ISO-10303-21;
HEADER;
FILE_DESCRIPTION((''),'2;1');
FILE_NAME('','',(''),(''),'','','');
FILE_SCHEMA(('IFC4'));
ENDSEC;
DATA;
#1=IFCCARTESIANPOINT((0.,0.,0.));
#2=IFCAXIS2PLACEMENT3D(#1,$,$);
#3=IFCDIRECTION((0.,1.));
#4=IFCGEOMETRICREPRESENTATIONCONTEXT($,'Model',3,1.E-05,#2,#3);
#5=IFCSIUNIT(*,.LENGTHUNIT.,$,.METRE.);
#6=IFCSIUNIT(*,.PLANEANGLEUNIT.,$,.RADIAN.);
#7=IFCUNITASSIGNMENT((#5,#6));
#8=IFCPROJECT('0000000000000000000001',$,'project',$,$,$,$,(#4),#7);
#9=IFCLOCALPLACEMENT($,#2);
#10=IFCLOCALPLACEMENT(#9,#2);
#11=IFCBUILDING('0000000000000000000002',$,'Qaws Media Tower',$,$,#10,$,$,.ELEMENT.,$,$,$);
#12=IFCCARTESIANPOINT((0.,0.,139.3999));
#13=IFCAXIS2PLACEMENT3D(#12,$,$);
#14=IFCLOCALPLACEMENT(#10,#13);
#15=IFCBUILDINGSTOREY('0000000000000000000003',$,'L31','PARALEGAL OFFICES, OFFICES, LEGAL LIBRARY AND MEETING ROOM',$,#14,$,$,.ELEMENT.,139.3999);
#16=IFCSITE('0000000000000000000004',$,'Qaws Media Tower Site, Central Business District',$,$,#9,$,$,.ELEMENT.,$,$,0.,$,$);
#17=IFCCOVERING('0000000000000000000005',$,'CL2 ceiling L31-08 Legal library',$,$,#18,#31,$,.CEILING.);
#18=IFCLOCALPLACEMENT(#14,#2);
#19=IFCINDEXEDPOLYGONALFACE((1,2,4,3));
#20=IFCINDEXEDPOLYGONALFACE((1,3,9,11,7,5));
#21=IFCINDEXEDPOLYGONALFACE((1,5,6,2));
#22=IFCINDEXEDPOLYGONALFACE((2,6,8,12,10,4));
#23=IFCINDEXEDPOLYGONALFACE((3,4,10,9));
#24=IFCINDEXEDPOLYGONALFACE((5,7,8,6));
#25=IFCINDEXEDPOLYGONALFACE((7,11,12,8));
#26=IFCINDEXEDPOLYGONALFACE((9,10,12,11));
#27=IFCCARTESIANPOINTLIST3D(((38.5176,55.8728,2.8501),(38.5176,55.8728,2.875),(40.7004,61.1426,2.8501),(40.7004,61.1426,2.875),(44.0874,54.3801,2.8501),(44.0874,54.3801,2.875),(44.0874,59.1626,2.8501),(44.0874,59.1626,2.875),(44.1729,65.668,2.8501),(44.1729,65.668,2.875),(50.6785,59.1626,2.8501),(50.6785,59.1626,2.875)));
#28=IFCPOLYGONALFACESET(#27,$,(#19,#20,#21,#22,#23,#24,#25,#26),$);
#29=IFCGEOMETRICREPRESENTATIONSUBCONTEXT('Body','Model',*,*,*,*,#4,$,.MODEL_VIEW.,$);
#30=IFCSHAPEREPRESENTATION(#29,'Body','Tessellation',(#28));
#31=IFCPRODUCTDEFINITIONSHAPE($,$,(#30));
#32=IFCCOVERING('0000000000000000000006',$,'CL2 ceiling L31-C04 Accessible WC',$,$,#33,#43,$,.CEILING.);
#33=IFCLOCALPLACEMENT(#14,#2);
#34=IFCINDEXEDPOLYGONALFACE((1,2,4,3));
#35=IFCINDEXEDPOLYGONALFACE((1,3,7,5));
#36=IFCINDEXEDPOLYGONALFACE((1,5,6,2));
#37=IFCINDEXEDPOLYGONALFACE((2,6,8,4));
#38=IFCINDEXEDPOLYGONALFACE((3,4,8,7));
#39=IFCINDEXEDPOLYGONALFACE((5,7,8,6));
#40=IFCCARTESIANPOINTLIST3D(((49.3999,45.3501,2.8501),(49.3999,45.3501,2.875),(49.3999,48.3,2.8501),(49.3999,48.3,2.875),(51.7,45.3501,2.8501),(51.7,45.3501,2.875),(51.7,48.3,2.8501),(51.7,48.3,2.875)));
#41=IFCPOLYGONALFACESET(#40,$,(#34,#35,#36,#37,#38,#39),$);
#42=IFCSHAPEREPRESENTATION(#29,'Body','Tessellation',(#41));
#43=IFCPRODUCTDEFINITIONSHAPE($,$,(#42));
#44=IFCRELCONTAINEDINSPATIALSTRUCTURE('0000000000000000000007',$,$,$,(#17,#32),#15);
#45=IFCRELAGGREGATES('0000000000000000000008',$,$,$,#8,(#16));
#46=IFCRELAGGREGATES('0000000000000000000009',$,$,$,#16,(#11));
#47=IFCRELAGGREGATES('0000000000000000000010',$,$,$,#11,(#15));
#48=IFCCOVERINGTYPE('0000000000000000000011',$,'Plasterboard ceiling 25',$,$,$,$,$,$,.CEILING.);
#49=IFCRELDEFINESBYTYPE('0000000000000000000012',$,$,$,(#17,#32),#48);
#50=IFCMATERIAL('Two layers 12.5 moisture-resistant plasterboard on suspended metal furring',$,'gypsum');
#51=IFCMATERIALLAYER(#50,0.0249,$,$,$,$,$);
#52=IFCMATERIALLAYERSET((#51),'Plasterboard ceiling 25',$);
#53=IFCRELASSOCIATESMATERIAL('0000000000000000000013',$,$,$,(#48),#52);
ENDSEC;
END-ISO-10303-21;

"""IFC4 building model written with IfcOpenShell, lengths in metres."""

from ifc_helpers import new_model, si_unit, direction, frame, origin, place, context, subcontext, project, spatial, polyline, outline, extrude, material, layer, layer_set, type_object, element, save


model = new_model("IFC4")

# Units and contexts
model_context = context("Model", 3, precision=1e-05, world=origin(), true_north=direction((0.0, 1.0)))
body_context = subcontext(model_context, "Body", "Model", "MODEL_VIEW")
ifc_project = project(units=[si_unit("LENGTHUNIT", "METRE"), si_unit("PLANEANGLEUNIT", "RADIAN")], contexts=[model_context])

# Site, building, storey
site_placement = place(None, origin())
site = spatial("IfcSite", under=ifc_project, at=site_placement, Name="Qaws Media Tower Site, Central Business District", CompositionType="ELEMENT", RefElevation=0.0)
building_placement = place(site_placement, origin())
building = spatial("IfcBuilding", under=site, at=building_placement, Name="Qaws Media Tower", CompositionType="ELEMENT")
storey_placement = place(building_placement, frame((0.0, 0.0, 139.3999)))
storey = spatial("IfcBuildingStorey", under=building, at=storey_placement, Name="L31", Description="PARALEGAL OFFICES, OFFICES, LEGAL LIBRARY AND MEETING ROOM", CompositionType="ELEMENT", Elevation=139.3999)

# Coverings
ifc_material_1 = material(Name="Two layers 12.5 moisture-resistant plasterboard on suspended metal furring", Category="gypsum")
ifc_layer_1 = layer(ifc_material_1, 0.0249)
ifc_layer_set_1 = layer_set([ifc_layer_1], Name="Plasterboard ceiling 25")
covering_type_1 = type_object("IfcCoveringType", Name="Plasterboard ceiling 25", PredefinedType="CEILING", material=ifc_layer_set_1)
covering_1_placement = place(storey_placement, frame((0.0, 0.0, 2.8501)))
element("IfcCovering", 1, at=covering_1_placement, inside=storey, type_object=covering_type_1, Name="CL2 ceiling L31-08 Legal library", PredefinedType="CEILING", context=body_context, shape_type="SweptSolid", body=[
    extrude(outline(polyline([(40.7004, 61.1426), (44.1729, 65.668), (50.6785, 59.1626), (44.0874, 59.1626), (44.0874, 54.3801), (38.5176, 55.8728), (40.7004, 61.1426)])), origin(), (0.0, 0.0, 1.0), 0.0249),
])
covering_2_placement = place(storey_placement, frame((0.0, 0.0, 2.8501)))
element("IfcCovering", 2, at=covering_2_placement, inside=storey, type_object=covering_type_1, Name="CL2 ceiling L31-C04 Accessible WC", PredefinedType="CEILING", context=body_context, shape_type="SweptSolid", body=[
    extrude(outline(polyline([(49.3999, 45.3501), (49.3999, 48.3), (51.7, 48.3), (51.7, 45.3501), (49.3999, 45.3501)])), origin(), (0.0, 0.0, 1.0), 0.0249),
])

save(model, "model.ifc")
